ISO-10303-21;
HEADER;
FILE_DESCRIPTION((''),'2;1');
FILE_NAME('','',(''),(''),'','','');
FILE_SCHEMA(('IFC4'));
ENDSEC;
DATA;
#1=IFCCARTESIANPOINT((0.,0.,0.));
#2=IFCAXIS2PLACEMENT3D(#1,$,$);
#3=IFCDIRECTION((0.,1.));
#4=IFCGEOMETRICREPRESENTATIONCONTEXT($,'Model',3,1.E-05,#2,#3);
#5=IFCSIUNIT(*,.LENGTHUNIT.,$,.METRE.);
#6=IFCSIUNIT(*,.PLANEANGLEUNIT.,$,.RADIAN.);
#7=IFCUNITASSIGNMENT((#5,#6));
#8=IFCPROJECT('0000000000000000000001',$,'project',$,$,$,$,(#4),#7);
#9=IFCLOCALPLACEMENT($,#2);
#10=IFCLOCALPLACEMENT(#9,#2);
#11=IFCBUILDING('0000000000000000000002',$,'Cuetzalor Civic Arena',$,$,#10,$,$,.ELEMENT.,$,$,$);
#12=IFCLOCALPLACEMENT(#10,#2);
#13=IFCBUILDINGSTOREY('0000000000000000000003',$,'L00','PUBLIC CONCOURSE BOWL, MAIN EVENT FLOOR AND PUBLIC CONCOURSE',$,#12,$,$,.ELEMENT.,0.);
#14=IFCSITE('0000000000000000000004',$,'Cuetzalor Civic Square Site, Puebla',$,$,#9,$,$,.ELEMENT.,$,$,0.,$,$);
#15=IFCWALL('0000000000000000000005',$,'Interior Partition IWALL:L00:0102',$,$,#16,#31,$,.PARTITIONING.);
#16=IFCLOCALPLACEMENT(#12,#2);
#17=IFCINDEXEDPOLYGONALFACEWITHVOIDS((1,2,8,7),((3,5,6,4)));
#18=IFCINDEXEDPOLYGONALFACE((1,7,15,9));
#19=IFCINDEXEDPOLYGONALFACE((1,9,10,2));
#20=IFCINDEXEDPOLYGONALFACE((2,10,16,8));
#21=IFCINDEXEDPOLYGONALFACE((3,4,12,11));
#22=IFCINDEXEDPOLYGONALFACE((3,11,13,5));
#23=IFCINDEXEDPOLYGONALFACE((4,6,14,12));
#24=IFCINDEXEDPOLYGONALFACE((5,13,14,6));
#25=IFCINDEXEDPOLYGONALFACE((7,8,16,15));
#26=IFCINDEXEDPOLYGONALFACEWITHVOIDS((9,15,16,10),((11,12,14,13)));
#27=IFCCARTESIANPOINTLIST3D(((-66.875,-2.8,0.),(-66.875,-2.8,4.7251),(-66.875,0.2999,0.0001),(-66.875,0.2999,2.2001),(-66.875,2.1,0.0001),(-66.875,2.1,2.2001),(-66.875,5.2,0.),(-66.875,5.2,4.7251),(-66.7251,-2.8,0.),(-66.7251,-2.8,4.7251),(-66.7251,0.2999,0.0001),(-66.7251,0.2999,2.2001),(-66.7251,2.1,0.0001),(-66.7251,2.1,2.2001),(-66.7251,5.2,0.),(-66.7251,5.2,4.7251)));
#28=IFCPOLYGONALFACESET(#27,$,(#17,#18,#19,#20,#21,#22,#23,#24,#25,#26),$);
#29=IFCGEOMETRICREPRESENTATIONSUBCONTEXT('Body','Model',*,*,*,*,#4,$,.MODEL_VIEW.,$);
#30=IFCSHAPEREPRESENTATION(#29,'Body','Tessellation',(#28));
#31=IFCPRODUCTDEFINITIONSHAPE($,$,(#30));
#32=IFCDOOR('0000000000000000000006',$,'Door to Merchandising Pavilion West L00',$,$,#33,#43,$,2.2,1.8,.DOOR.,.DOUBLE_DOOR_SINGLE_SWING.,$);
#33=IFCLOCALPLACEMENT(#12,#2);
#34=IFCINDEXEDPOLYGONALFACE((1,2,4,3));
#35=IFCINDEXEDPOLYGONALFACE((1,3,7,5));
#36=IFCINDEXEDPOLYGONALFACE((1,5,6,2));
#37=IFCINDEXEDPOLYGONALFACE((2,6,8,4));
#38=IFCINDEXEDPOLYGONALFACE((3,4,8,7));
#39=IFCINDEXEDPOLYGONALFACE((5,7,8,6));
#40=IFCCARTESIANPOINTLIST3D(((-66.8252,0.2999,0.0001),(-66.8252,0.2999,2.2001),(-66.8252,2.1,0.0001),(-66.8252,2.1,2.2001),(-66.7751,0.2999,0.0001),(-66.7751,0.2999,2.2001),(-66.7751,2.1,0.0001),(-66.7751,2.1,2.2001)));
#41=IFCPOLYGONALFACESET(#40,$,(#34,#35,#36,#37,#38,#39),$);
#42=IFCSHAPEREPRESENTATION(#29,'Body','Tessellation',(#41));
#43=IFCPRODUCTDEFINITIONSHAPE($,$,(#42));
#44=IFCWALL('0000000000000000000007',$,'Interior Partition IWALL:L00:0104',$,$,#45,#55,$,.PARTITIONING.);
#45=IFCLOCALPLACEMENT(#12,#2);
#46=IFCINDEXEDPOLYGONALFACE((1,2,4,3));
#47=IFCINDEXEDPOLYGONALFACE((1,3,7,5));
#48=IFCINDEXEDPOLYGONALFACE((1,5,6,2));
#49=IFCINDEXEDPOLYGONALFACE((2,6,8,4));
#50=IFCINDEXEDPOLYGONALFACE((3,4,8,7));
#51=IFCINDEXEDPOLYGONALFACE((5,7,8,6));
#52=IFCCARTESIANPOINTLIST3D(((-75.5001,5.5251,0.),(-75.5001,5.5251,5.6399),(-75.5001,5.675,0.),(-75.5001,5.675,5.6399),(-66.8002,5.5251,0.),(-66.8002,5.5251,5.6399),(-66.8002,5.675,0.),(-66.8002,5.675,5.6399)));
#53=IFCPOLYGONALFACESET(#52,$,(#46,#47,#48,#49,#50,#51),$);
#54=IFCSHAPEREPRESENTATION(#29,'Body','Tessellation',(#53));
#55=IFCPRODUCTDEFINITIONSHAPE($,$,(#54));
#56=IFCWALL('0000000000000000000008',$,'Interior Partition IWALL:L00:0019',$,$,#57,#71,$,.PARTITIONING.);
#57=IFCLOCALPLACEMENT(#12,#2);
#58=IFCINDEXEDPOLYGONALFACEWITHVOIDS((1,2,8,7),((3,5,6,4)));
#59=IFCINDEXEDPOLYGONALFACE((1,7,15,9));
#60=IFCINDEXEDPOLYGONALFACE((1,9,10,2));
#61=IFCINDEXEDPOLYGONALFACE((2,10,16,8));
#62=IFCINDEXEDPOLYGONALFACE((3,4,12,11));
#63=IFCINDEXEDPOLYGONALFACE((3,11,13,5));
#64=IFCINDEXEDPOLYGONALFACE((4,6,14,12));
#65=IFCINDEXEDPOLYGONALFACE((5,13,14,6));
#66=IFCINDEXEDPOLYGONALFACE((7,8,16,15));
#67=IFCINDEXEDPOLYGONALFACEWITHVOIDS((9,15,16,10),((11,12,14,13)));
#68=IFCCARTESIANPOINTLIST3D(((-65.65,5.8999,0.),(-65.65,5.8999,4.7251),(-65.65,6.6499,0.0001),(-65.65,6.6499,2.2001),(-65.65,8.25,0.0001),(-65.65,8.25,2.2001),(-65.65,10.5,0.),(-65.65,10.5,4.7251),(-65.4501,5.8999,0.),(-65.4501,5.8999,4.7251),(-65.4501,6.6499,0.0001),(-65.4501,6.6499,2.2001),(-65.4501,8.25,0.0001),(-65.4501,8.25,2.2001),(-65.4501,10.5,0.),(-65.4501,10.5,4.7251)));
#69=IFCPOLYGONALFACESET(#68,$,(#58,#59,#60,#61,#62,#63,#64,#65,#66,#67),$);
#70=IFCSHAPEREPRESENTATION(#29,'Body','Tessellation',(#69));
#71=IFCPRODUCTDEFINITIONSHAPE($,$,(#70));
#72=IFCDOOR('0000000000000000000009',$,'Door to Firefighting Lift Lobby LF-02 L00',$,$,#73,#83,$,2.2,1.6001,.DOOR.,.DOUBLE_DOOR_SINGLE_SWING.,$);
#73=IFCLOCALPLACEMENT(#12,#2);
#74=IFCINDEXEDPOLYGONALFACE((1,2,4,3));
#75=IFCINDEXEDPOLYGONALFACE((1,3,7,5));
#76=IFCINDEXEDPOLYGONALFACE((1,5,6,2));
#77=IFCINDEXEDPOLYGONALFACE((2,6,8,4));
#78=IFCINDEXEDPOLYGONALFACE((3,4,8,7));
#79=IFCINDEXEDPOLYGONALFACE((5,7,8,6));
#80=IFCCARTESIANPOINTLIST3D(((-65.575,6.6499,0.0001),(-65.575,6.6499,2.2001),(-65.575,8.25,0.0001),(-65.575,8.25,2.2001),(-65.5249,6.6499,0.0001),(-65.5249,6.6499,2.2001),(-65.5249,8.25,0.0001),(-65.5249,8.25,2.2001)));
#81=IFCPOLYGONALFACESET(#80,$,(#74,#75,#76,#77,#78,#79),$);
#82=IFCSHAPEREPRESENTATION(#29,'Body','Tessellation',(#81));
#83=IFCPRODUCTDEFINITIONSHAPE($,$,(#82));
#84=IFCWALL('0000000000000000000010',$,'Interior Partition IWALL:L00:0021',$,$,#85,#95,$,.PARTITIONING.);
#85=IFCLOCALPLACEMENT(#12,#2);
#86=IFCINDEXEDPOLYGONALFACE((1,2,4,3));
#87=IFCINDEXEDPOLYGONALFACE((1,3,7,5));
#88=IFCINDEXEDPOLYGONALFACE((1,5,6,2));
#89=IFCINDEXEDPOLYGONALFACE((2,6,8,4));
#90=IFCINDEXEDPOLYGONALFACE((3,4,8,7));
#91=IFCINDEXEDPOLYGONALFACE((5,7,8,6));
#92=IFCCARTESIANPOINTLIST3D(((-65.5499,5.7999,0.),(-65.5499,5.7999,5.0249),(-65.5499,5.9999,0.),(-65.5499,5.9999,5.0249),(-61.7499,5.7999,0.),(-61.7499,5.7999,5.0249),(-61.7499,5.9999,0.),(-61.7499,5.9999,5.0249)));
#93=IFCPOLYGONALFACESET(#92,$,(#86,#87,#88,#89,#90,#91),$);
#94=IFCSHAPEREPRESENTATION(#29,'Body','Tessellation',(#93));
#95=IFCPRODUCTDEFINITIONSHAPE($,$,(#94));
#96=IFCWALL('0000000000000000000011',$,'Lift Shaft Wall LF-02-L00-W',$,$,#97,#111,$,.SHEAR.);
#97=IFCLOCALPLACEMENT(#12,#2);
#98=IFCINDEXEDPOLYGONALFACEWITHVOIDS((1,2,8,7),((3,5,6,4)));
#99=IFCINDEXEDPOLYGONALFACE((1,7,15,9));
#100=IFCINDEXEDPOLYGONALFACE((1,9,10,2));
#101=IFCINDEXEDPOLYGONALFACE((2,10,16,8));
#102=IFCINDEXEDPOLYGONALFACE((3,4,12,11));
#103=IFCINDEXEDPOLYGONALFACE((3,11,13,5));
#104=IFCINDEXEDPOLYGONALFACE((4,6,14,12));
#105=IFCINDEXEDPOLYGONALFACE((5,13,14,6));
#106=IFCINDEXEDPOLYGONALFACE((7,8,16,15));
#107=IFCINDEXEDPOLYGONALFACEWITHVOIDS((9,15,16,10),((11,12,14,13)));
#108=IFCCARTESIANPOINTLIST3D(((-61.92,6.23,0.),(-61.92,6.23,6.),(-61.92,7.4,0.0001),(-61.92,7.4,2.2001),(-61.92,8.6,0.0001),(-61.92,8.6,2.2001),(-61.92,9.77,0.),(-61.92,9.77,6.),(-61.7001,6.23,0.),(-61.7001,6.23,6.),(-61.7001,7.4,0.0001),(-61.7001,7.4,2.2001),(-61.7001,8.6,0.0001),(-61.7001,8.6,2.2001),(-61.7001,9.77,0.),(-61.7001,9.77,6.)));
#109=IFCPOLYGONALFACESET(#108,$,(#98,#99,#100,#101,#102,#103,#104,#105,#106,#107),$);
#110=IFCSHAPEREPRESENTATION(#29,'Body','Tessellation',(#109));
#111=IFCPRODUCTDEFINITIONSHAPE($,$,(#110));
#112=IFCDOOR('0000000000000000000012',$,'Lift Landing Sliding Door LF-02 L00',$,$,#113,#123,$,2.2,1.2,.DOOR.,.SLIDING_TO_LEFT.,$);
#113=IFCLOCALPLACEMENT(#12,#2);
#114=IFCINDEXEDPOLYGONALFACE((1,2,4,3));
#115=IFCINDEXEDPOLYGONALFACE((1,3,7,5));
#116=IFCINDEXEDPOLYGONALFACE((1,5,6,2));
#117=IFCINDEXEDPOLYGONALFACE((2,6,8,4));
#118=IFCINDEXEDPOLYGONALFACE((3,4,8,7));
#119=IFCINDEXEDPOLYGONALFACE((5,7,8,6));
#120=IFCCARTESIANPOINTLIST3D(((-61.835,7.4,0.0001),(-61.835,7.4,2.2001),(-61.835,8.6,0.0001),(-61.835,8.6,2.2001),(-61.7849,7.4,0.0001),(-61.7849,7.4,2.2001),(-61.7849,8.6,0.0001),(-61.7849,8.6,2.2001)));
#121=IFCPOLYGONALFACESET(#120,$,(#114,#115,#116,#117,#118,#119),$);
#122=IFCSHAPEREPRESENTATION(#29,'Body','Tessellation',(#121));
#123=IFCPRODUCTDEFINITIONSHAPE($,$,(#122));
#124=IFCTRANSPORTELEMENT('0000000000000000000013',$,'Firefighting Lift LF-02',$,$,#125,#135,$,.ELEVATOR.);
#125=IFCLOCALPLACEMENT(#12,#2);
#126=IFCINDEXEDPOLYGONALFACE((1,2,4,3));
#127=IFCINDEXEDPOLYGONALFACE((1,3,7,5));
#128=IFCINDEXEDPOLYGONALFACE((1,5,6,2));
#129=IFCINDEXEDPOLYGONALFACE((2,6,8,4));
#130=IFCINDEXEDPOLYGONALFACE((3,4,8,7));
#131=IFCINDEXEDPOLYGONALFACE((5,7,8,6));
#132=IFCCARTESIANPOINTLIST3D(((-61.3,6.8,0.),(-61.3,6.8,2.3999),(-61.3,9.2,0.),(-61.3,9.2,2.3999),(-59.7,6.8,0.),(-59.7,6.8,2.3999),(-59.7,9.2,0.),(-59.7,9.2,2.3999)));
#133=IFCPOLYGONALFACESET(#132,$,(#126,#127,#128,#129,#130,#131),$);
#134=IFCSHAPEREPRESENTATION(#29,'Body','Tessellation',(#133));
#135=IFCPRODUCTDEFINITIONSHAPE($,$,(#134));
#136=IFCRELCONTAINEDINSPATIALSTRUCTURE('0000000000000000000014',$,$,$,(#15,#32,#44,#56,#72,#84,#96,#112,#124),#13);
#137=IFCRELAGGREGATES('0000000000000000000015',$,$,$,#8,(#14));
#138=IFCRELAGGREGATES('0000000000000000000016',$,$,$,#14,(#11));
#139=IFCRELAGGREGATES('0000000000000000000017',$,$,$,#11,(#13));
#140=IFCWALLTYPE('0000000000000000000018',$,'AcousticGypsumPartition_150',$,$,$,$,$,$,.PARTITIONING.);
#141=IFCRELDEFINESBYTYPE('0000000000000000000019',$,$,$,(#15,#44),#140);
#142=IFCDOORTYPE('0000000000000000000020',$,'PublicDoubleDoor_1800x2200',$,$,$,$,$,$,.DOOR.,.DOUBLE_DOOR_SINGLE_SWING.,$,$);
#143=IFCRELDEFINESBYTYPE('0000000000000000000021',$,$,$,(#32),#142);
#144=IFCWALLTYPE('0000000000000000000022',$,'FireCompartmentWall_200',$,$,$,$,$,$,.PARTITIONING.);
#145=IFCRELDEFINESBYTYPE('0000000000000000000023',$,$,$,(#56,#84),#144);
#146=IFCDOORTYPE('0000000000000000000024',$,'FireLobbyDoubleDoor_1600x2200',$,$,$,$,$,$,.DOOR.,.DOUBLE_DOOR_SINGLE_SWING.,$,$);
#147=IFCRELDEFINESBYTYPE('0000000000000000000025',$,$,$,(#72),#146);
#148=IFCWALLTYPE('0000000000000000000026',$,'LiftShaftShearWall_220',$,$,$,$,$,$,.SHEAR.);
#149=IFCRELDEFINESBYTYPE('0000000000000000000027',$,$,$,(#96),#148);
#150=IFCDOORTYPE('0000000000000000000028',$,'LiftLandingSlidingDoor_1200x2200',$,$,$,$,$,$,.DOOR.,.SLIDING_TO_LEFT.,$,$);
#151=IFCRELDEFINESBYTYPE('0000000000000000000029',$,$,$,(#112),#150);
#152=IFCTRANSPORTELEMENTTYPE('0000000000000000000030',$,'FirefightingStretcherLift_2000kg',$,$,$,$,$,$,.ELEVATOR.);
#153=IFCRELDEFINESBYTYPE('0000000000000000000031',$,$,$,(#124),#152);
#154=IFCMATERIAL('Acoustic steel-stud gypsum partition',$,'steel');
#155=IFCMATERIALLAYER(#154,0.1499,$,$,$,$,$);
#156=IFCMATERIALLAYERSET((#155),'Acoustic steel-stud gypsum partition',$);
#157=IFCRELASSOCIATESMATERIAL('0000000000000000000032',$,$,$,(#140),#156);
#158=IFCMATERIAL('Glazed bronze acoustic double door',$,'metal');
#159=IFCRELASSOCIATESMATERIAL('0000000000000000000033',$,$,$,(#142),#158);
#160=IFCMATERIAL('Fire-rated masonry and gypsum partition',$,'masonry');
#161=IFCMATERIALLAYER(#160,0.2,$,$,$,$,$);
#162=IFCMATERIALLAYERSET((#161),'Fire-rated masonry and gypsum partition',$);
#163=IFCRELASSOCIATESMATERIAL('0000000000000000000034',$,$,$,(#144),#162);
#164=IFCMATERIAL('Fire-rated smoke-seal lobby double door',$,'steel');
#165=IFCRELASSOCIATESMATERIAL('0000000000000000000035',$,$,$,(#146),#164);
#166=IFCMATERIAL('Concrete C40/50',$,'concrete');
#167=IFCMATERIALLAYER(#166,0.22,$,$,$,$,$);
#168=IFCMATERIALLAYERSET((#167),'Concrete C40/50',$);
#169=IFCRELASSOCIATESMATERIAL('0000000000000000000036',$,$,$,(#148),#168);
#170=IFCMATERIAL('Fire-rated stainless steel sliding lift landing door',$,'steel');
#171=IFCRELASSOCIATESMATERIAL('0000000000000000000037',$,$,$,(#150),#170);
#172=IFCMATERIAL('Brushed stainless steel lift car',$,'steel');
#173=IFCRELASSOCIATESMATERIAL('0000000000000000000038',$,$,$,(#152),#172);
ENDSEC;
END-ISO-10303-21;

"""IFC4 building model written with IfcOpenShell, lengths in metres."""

from ifc_helpers import new_model, si_unit, direction, frame, frame_2d, origin, origin_2d, place, context, subcontext, project, spatial, rectangle, extrude, material, layer, layer_set, type_object, element, fill, save


model = new_model("IFC4")

# Units and contexts
model_context = context("Model", 3, precision=1e-05, world=origin(), true_north=direction((0.0, 1.0)))
body_context = subcontext(model_context, "Body", "Model", "MODEL_VIEW")
ifc_project = project(units=[si_unit("LENGTHUNIT", "METRE"), si_unit("PLANEANGLEUNIT", "RADIAN")], contexts=[model_context])

# Site, building, storey
site_placement = place(None, origin())
site = spatial("IfcSite", under=ifc_project, at=site_placement, Name="Cuetzalor Civic Square Site, Puebla", CompositionType="ELEMENT", RefElevation=0.0)
building_placement = place(site_placement, origin())
building = spatial("IfcBuilding", under=site, at=building_placement, Name="Cuetzalor Civic Arena", CompositionType="ELEMENT")
storey_placement = place(building_placement, origin())
storey = spatial("IfcBuildingStorey", under=building, at=storey_placement, Name="L00", Description="PUBLIC CONCOURSE BOWL, MAIN EVENT FLOOR AND PUBLIC CONCOURSE", CompositionType="ELEMENT", Elevation=0.0)

# Wall, opening, door
ifc_material_1 = material(Name="Acoustic steel-stud gypsum partition", Category="steel")
ifc_layer_1 = layer(ifc_material_1, 0.1499)
ifc_layer_set_1 = layer_set([ifc_layer_1], Name="Acoustic steel-stud gypsum partition")
wall_type_1 = type_object("IfcWallType", Name="AcousticGypsumPartition_150", PredefinedType="PARTITIONING", material=ifc_layer_set_1)
wall_1_placement = place(storey_placement, frame((-66.8, 5.2, 0.0), z_axis=(0.0, 0.0, 1.0), x_axis=(0.0, -1.0, 0.0)))
wall_1 = element("IfcWall", 1, at=wall_1_placement, inside=storey, type_object=wall_type_1, Name="Interior Partition IWALL:L00:0102", PredefinedType="PARTITIONING", context=body_context, shape_type="SweptSolid", body=[
    extrude(rectangle(XDim=8.0, YDim=0.1499, at=frame_2d((4.0, 0.0))), origin(), (0.0, 0.0, 1.0), 4.7251),
])
opening_1_placement = place(wall_1_placement, frame((3.1001, 0.0, 0.0)))
opening_1 = element("IfcOpeningElement", 2, at=opening_1_placement, cuts=wall_1, PredefinedType="OPENING", context=body_context, shape_type="SweptSolid", body=[
    extrude(rectangle(XDim=1.8, YDim=2.2, at=frame_2d((0.8999, 1.1001))), frame((0.0, 0.085, 0.0), z_axis=(0.0, -1.0, 0.0), x_axis=(1.0, 0.0, 0.0)), (0.0, 0.0, 1.0), 0.1699),
])
ifc_material_2 = material(Name="Glazed bronze acoustic double door", Category="metal")
door_type_1 = type_object("IfcDoorType", Name="PublicDoubleDoor_1800x2200", OperationType="DOUBLE_DOOR_SINGLE_SWING", PredefinedType="DOOR", material=ifc_material_2)
door_1_placement = place(opening_1_placement, origin())
door_1 = element("IfcDoor", 3, at=door_1_placement, inside=storey, type_object=door_type_1, Name="Door to Merchandising Pavilion West L00", OperationType="DOUBLE_DOOR_SINGLE_SWING", OverallHeight=2.2, OverallWidth=1.8, PredefinedType="DOOR", context=body_context, shape_type="SweptSolid", body=[
    extrude(rectangle(XDim=1.8, YDim=2.2, at=frame_2d((0.8999, 1.1001))), frame((0.0, 0.0249, 0.0), z_axis=(0.0, -1.0, 0.0), x_axis=(1.0, 0.0, 0.0)), (0.0, 0.0, 1.0), 0.05),
])
fill(opening_1, door_1)

# Wall
wall_2_placement = place(storey_placement, frame((-66.8, 5.6001, 0.0), z_axis=(0.0, 0.0, 1.0), x_axis=(-1.0, 0.0, 0.0)))
element("IfcWall", 4, at=wall_2_placement, inside=storey, type_object=wall_type_1, Name="Interior Partition IWALL:L00:0104", PredefinedType="PARTITIONING", context=body_context, shape_type="SweptSolid", body=[
    extrude(rectangle(XDim=8.7, YDim=0.1499, at=frame_2d((4.3501, 0.0))), origin(), (0.0, 0.0, 1.0), 5.6399),
])

# Wall, opening, door
ifc_material_3 = material(Name="Fire-rated masonry and gypsum partition", Category="masonry")
ifc_layer_2 = layer(ifc_material_3, 0.2)
ifc_layer_set_2 = layer_set([ifc_layer_2], Name="Fire-rated masonry and gypsum partition")
wall_type_2 = type_object("IfcWallType", Name="FireCompartmentWall_200", PredefinedType="PARTITIONING", material=ifc_layer_set_2)
wall_3_placement = place(storey_placement, frame((-65.55, 5.8999, 0.0), z_axis=(0.0, 0.0, 1.0), x_axis=(0.0, 1.0, 0.0)))
wall_3 = element("IfcWall", 5, at=wall_3_placement, inside=storey, type_object=wall_type_2, Name="Interior Partition IWALL:L00:0019", PredefinedType="PARTITIONING", context=body_context, shape_type="SweptSolid", body=[
    extrude(rectangle(XDim=4.6001, YDim=0.2, at=frame_2d((2.3, 0.0))), origin(), (0.0, 0.0, 1.0), 4.7251),
])
opening_2_placement = place(wall_3_placement, frame((0.75, 0.0, 0.0)))
opening_2 = element("IfcOpeningElement", 6, at=opening_2_placement, cuts=wall_3, PredefinedType="OPENING", context=body_context, shape_type="SweptSolid", body=[
    extrude(rectangle(XDim=1.6001, YDim=2.2, at=frame_2d((0.8, 1.1001))), frame((0.0, 0.1099, 0.0), z_axis=(0.0, -1.0, 0.0), x_axis=(1.0, 0.0, 0.0)), (0.0, 0.0, 1.0), 0.22),
])
ifc_material_4 = material(Name="Fire-rated smoke-seal lobby double door", Category="steel")
door_type_2 = type_object("IfcDoorType", Name="FireLobbyDoubleDoor_1600x2200", OperationType="DOUBLE_DOOR_SINGLE_SWING", PredefinedType="DOOR", material=ifc_material_4)
door_2_placement = place(opening_2_placement, origin())
door_2 = element("IfcDoor", 7, at=door_2_placement, inside=storey, type_object=door_type_2, Name="Door to Firefighting Lift Lobby LF-02 L00", OperationType="DOUBLE_DOOR_SINGLE_SWING", OverallHeight=2.2, OverallWidth=1.6001, PredefinedType="DOOR", context=body_context, shape_type="SweptSolid", body=[
    extrude(rectangle(XDim=1.6001, YDim=2.2, at=frame_2d((0.8, 1.1001))), frame((0.0, 0.0249, 0.0), z_axis=(0.0, -1.0, 0.0), x_axis=(1.0, 0.0, 0.0)), (0.0, 0.0, 1.0), 0.05),
])
fill(opening_2, door_2)

# Wall
wall_4_placement = place(storey_placement, frame((-61.75, 5.8999, 0.0), z_axis=(0.0, 0.0, 1.0), x_axis=(-1.0, 0.0, 0.0)))
element("IfcWall", 8, at=wall_4_placement, inside=storey, type_object=wall_type_2, Name="Interior Partition IWALL:L00:0021", PredefinedType="PARTITIONING", context=body_context, shape_type="SweptSolid", body=[
    extrude(rectangle(XDim=3.8, YDim=0.2, at=frame_2d((1.8999, 0.0))), origin(), (0.0, 0.0, 1.0), 5.0249),
])

# Wall, opening, door
ifc_material_5 = material(Name="Concrete C40/50", Category="concrete")
ifc_layer_3 = layer(ifc_material_5, 0.22)
ifc_layer_set_3 = layer_set([ifc_layer_3], Name="Concrete C40/50")
wall_type_3 = type_object("IfcWallType", Name="LiftShaftShearWall_220", PredefinedType="SHEAR", material=ifc_layer_set_3)
wall_5_placement = place(storey_placement, frame((-61.8101, 6.23, 0.0), z_axis=(0.0, 0.0, 1.0), x_axis=(0.0, 1.0, 0.0)))
wall_5 = element("IfcWall", 9, at=wall_5_placement, inside=storey, type_object=wall_type_3, Name="Lift Shaft Wall LF-02-L00-W", PredefinedType="SHEAR", context=body_context, shape_type="SweptSolid", body=[
    extrude(rectangle(XDim=3.54, YDim=0.22, at=frame_2d((1.77, 0.0))), origin(), (0.0, 0.0, 1.0), 6.0),
])
opening_3_placement = place(wall_5_placement, frame((1.1699, 0.0, 0.0)))
opening_3 = element("IfcOpeningElement", 10, at=opening_3_placement, cuts=wall_5, PredefinedType="OPENING", context=body_context, shape_type="SweptSolid", body=[
    extrude(rectangle(XDim=1.2, YDim=2.2, at=frame_2d((0.6001, 1.1001))), frame((0.0, 0.1201, 0.0), z_axis=(0.0, -1.0, 0.0), x_axis=(1.0, 0.0, 0.0)), (0.0, 0.0, 1.0), 0.24),
])
ifc_material_6 = material(Name="Fire-rated stainless steel sliding lift landing door", Category="steel")
door_type_3 = type_object("IfcDoorType", Name="LiftLandingSlidingDoor_1200x2200", OperationType="SLIDING_TO_LEFT", PredefinedType="DOOR", material=ifc_material_6)
door_3_placement = place(opening_3_placement, origin())
door_3 = element("IfcDoor", 11, at=door_3_placement, inside=storey, type_object=door_type_3, Name="Lift Landing Sliding Door LF-02 L00", OperationType="SLIDING_TO_LEFT", OverallHeight=2.2, OverallWidth=1.2, PredefinedType="DOOR", context=body_context, shape_type="SweptSolid", body=[
    extrude(rectangle(XDim=1.2, YDim=2.2, at=frame_2d((0.6001, 1.1001))), frame((0.0, 0.0249, 0.0), z_axis=(0.0, -1.0, 0.0), x_axis=(1.0, 0.0, 0.0)), (0.0, 0.0, 1.0), 0.05),
])
fill(opening_3, door_3)

# Transport element
ifc_material_7 = material(Name="Brushed stainless steel lift car", Category="steel")
transport_element_type = type_object("IfcTransportElementType", Name="FirefightingStretcherLift_2000kg", PredefinedType="ELEVATOR", material=ifc_material_7)
transport_element_placement = place(storey_placement, frame((-60.5, 8.0, 0.0), z_axis=(0.0, 0.0, 1.0), x_axis=(-1.0, 0.0, 0.0)))
element("IfcTransportElement", 12, at=transport_element_placement, inside=storey, type_object=transport_element_type, Name="Firefighting Lift LF-02", PredefinedType="ELEVATOR", context=body_context, shape_type="SweptSolid", body=[
    extrude(rectangle(XDim=1.6001, YDim=2.3999, at=origin_2d()), origin(), (0.0, 0.0, 1.0), 2.3999),
])

save(model, "model.ifc")
